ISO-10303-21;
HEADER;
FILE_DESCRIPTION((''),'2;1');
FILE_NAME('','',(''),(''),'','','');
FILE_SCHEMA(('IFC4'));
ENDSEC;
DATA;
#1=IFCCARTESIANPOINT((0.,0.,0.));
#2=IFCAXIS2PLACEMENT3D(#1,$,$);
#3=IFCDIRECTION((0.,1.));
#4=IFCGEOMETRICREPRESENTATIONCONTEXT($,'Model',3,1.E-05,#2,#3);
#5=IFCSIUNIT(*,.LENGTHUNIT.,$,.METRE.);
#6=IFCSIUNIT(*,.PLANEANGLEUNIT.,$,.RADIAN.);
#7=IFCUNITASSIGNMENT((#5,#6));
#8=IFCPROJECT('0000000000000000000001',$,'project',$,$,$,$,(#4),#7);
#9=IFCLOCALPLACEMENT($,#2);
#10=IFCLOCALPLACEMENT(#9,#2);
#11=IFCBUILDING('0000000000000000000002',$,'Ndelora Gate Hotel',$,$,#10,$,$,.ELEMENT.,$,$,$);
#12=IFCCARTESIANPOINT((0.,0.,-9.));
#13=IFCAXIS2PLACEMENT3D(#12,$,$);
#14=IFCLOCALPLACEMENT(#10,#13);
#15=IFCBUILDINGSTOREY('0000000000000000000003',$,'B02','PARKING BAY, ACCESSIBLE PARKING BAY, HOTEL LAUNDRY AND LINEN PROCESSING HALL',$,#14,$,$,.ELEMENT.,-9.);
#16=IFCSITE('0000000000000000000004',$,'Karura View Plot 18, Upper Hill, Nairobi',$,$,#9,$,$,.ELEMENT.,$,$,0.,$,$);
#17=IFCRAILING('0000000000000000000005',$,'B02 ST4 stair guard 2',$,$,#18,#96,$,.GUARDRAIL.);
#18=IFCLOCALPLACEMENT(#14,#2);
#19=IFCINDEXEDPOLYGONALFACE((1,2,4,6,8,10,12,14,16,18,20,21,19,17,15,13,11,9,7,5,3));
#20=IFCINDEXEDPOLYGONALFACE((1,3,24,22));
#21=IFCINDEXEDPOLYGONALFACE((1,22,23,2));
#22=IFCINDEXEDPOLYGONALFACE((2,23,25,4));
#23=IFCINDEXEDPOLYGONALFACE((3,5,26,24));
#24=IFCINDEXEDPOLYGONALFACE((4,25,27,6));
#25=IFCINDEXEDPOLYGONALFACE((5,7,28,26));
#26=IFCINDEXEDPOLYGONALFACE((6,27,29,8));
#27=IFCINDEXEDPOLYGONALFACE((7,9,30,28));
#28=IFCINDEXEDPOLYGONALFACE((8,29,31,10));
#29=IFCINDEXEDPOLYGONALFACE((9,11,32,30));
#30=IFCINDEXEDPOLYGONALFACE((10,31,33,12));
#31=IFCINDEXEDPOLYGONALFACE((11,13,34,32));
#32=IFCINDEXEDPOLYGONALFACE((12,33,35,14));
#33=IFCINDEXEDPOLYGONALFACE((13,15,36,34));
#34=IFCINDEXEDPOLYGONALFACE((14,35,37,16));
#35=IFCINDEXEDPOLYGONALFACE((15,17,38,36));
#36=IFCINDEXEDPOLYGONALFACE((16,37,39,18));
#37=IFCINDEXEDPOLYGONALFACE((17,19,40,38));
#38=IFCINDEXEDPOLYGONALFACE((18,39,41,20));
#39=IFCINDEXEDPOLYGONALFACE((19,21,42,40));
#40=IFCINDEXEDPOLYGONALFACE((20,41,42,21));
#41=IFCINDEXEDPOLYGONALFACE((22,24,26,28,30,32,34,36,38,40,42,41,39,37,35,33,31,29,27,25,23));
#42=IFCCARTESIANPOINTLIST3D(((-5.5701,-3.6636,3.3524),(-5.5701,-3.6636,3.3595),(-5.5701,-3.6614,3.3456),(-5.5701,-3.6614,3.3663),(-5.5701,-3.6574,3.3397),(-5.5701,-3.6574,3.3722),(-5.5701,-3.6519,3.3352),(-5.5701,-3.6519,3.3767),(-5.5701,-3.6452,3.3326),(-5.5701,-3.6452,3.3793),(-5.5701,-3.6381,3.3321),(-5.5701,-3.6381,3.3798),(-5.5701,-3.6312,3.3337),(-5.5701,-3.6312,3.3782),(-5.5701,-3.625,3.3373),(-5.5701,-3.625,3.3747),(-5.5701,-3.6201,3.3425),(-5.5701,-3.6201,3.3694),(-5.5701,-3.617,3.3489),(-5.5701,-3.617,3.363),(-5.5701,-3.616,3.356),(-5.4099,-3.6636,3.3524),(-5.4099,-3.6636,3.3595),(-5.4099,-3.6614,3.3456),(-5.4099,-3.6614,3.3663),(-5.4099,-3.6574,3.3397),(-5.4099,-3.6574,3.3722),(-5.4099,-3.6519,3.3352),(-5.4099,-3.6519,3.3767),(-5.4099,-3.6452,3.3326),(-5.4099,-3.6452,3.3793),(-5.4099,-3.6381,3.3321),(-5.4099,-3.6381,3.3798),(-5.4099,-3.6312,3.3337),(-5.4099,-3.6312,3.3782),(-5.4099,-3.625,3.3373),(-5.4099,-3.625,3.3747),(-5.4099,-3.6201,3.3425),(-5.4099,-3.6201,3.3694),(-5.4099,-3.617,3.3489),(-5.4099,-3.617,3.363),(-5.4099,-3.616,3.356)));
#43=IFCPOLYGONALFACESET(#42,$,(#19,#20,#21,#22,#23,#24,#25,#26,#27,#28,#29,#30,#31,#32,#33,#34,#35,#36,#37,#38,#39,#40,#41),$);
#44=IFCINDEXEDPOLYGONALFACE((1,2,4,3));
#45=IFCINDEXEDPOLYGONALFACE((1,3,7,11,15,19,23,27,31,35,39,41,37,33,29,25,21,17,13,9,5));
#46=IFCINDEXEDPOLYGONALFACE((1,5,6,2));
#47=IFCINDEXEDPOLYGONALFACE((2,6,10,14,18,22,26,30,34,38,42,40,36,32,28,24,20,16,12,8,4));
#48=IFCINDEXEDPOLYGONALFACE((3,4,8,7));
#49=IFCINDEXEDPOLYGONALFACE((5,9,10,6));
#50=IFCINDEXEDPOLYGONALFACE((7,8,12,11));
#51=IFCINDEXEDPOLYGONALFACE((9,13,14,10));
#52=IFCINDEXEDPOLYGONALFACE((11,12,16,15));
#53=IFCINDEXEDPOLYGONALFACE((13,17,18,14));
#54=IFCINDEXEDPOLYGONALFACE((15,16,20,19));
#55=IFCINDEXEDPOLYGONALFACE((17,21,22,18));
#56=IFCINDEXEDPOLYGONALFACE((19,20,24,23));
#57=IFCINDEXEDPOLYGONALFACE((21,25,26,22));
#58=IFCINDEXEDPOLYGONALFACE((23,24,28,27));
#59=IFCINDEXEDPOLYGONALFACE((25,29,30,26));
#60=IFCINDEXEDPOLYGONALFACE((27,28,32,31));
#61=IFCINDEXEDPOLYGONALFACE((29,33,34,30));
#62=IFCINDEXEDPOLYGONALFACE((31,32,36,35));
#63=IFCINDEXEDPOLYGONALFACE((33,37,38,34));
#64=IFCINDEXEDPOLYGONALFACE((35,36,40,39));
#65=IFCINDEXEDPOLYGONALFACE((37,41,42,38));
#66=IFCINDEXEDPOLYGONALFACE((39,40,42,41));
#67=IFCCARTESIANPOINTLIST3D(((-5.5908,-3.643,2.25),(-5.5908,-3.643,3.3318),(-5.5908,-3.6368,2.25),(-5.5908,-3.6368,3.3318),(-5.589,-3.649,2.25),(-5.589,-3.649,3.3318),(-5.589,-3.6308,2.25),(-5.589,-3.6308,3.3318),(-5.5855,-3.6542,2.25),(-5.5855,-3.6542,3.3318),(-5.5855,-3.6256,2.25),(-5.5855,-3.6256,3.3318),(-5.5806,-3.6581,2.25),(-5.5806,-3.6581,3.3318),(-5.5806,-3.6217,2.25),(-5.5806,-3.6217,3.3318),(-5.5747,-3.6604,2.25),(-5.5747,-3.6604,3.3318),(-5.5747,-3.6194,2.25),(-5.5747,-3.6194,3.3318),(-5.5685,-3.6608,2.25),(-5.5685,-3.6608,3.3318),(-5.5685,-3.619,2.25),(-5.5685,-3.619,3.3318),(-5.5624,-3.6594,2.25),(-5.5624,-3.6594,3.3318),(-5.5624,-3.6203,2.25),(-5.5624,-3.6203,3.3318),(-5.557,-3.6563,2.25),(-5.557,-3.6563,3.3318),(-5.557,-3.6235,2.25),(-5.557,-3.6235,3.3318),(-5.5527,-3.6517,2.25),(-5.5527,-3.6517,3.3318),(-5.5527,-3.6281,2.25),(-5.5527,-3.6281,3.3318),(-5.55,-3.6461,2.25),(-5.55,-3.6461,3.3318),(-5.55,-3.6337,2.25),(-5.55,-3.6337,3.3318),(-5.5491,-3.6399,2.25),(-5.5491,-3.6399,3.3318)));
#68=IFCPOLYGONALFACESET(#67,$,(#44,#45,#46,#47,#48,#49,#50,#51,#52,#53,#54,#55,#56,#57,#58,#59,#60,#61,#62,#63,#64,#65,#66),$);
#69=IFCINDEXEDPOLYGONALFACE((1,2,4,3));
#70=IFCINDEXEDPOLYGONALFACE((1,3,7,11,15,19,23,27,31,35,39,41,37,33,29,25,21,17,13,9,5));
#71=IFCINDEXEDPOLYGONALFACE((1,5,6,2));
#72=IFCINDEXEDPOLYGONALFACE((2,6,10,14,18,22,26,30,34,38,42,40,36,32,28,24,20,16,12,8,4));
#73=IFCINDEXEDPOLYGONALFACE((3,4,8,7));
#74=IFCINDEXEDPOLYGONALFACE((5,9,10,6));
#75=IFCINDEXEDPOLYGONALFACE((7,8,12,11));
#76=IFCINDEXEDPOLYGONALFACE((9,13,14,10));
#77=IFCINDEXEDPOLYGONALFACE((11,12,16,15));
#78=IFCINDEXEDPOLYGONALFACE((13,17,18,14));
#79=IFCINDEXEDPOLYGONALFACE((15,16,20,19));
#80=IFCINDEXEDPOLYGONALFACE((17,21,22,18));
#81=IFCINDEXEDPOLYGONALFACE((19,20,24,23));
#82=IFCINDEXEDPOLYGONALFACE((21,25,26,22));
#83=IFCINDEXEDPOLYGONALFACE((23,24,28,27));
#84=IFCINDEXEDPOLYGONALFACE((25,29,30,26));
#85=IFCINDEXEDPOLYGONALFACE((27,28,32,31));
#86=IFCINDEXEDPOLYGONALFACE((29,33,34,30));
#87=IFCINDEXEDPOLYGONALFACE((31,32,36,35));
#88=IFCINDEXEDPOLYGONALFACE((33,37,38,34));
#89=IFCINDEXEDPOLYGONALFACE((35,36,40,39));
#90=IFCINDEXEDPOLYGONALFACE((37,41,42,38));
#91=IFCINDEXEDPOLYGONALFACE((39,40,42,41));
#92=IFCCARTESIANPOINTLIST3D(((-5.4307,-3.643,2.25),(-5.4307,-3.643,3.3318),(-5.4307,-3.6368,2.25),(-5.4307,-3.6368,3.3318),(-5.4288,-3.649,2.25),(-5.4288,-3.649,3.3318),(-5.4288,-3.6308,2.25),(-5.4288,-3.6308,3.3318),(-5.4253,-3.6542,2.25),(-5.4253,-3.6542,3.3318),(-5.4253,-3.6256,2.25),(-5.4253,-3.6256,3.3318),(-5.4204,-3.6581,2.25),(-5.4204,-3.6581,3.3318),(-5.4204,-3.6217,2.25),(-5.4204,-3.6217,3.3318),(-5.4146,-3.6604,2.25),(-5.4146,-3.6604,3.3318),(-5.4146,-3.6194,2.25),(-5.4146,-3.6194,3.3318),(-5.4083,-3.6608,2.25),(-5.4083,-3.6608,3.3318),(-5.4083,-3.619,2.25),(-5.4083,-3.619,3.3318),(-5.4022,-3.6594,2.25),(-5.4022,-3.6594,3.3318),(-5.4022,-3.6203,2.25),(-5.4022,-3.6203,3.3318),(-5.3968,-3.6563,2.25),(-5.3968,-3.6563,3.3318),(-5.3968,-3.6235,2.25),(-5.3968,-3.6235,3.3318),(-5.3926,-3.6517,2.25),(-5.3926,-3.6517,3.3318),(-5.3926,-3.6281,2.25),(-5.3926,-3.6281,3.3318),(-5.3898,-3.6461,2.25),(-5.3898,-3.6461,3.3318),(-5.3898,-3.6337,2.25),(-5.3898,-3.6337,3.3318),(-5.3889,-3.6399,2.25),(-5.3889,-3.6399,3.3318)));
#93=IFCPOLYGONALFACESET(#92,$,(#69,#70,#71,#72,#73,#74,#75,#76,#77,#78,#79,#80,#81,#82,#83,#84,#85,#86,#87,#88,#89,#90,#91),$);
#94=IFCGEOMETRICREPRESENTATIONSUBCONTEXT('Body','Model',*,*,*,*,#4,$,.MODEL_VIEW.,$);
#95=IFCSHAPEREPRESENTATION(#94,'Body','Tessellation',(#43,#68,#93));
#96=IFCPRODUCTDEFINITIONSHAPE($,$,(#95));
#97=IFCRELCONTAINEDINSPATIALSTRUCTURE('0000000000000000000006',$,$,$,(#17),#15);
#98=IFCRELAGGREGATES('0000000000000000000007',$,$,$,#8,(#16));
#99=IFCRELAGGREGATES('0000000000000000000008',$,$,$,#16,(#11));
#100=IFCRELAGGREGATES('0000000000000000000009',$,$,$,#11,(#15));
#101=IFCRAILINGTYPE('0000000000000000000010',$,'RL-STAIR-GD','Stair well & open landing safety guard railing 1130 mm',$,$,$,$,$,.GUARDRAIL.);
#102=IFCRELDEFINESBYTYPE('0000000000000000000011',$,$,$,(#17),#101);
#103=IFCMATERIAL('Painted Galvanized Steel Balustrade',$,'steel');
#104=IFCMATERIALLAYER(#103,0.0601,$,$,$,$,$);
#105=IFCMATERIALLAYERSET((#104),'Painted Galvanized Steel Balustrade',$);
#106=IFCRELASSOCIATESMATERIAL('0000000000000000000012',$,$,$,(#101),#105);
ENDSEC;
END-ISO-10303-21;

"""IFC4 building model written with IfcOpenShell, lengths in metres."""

from ifc_helpers import new_model, si_unit, direction, frame, origin, origin_2d, place, context, subcontext, project, spatial, circle, extrude, material, layer, layer_set, type_object, element, save


model = new_model("IFC4")

# Units and contexts
model_context = context("Model", 3, precision=1e-05, world=origin(), true_north=direction((0.0, 1.0)))
body_context = subcontext(model_context, "Body", "Model", "MODEL_VIEW")
ifc_project = project(units=[si_unit("LENGTHUNIT", "METRE"), si_unit("PLANEANGLEUNIT", "RADIAN")], contexts=[model_context])

# Site, building, storey
site_placement = place(None, origin())
site = spatial("IfcSite", under=ifc_project, at=site_placement, Name="Karura View Plot 18, Upper Hill, Nairobi", CompositionType="ELEMENT", RefElevation=0.0)
building_placement = place(site_placement, origin())
building = spatial("IfcBuilding", under=site, at=building_placement, Name="Ndelora Gate Hotel", CompositionType="ELEMENT")
storey_placement = place(building_placement, frame((0.0, 0.0, -9.0)))
storey = spatial("IfcBuildingStorey", under=building, at=storey_placement, Name="B02", Description="PARKING BAY, ACCESSIBLE PARKING BAY, HOTEL LAUNDRY AND LINEN PROCESSING HALL", CompositionType="ELEMENT", Elevation=-9.0)

# Railing
ifc_material_1 = material(Name="Painted Galvanized Steel Balustrade", Category="steel")
ifc_layer_1 = layer(ifc_material_1, 0.0601)
ifc_layer_set_1 = layer_set([ifc_layer_1], Name="Painted Galvanized Steel Balustrade")
railing_type_1 = type_object("IfcRailingType", Name="RL-STAIR-GD", Description="Stair well & open landing safety guard railing 1130 mm", PredefinedType="GUARDRAIL", material=ifc_layer_set_1)
railing_1_placement = place(storey_placement, frame((-5.5701, -3.6399, 2.25)))
element("IfcRailing", 1, at=railing_1_placement, inside=storey, type_object=railing_type_1, Name="B02 ST4 stair guard 2", PredefinedType="GUARDRAIL", context=body_context, shape_type="SweptSolid", body=[
    extrude(circle(Radius=0.0239, at=origin_2d()), frame((0.0, 0.0, 1.106), z_axis=(1.0, 0.0, 0.0), x_axis=(0.0, 1.0, 0.0)), (0.0, 0.0, 1.0), 0.1602),
    extrude(circle(Radius=0.021, at=origin_2d()), origin(), (0.0, 0.0, 1.0), 1.0818),
    extrude(circle(Radius=0.021, at=origin_2d()), frame((0.1602, 0.0, 0.0)), (0.0, 0.0, 1.0), 1.0818),
])

save(model, "model.ifc")
